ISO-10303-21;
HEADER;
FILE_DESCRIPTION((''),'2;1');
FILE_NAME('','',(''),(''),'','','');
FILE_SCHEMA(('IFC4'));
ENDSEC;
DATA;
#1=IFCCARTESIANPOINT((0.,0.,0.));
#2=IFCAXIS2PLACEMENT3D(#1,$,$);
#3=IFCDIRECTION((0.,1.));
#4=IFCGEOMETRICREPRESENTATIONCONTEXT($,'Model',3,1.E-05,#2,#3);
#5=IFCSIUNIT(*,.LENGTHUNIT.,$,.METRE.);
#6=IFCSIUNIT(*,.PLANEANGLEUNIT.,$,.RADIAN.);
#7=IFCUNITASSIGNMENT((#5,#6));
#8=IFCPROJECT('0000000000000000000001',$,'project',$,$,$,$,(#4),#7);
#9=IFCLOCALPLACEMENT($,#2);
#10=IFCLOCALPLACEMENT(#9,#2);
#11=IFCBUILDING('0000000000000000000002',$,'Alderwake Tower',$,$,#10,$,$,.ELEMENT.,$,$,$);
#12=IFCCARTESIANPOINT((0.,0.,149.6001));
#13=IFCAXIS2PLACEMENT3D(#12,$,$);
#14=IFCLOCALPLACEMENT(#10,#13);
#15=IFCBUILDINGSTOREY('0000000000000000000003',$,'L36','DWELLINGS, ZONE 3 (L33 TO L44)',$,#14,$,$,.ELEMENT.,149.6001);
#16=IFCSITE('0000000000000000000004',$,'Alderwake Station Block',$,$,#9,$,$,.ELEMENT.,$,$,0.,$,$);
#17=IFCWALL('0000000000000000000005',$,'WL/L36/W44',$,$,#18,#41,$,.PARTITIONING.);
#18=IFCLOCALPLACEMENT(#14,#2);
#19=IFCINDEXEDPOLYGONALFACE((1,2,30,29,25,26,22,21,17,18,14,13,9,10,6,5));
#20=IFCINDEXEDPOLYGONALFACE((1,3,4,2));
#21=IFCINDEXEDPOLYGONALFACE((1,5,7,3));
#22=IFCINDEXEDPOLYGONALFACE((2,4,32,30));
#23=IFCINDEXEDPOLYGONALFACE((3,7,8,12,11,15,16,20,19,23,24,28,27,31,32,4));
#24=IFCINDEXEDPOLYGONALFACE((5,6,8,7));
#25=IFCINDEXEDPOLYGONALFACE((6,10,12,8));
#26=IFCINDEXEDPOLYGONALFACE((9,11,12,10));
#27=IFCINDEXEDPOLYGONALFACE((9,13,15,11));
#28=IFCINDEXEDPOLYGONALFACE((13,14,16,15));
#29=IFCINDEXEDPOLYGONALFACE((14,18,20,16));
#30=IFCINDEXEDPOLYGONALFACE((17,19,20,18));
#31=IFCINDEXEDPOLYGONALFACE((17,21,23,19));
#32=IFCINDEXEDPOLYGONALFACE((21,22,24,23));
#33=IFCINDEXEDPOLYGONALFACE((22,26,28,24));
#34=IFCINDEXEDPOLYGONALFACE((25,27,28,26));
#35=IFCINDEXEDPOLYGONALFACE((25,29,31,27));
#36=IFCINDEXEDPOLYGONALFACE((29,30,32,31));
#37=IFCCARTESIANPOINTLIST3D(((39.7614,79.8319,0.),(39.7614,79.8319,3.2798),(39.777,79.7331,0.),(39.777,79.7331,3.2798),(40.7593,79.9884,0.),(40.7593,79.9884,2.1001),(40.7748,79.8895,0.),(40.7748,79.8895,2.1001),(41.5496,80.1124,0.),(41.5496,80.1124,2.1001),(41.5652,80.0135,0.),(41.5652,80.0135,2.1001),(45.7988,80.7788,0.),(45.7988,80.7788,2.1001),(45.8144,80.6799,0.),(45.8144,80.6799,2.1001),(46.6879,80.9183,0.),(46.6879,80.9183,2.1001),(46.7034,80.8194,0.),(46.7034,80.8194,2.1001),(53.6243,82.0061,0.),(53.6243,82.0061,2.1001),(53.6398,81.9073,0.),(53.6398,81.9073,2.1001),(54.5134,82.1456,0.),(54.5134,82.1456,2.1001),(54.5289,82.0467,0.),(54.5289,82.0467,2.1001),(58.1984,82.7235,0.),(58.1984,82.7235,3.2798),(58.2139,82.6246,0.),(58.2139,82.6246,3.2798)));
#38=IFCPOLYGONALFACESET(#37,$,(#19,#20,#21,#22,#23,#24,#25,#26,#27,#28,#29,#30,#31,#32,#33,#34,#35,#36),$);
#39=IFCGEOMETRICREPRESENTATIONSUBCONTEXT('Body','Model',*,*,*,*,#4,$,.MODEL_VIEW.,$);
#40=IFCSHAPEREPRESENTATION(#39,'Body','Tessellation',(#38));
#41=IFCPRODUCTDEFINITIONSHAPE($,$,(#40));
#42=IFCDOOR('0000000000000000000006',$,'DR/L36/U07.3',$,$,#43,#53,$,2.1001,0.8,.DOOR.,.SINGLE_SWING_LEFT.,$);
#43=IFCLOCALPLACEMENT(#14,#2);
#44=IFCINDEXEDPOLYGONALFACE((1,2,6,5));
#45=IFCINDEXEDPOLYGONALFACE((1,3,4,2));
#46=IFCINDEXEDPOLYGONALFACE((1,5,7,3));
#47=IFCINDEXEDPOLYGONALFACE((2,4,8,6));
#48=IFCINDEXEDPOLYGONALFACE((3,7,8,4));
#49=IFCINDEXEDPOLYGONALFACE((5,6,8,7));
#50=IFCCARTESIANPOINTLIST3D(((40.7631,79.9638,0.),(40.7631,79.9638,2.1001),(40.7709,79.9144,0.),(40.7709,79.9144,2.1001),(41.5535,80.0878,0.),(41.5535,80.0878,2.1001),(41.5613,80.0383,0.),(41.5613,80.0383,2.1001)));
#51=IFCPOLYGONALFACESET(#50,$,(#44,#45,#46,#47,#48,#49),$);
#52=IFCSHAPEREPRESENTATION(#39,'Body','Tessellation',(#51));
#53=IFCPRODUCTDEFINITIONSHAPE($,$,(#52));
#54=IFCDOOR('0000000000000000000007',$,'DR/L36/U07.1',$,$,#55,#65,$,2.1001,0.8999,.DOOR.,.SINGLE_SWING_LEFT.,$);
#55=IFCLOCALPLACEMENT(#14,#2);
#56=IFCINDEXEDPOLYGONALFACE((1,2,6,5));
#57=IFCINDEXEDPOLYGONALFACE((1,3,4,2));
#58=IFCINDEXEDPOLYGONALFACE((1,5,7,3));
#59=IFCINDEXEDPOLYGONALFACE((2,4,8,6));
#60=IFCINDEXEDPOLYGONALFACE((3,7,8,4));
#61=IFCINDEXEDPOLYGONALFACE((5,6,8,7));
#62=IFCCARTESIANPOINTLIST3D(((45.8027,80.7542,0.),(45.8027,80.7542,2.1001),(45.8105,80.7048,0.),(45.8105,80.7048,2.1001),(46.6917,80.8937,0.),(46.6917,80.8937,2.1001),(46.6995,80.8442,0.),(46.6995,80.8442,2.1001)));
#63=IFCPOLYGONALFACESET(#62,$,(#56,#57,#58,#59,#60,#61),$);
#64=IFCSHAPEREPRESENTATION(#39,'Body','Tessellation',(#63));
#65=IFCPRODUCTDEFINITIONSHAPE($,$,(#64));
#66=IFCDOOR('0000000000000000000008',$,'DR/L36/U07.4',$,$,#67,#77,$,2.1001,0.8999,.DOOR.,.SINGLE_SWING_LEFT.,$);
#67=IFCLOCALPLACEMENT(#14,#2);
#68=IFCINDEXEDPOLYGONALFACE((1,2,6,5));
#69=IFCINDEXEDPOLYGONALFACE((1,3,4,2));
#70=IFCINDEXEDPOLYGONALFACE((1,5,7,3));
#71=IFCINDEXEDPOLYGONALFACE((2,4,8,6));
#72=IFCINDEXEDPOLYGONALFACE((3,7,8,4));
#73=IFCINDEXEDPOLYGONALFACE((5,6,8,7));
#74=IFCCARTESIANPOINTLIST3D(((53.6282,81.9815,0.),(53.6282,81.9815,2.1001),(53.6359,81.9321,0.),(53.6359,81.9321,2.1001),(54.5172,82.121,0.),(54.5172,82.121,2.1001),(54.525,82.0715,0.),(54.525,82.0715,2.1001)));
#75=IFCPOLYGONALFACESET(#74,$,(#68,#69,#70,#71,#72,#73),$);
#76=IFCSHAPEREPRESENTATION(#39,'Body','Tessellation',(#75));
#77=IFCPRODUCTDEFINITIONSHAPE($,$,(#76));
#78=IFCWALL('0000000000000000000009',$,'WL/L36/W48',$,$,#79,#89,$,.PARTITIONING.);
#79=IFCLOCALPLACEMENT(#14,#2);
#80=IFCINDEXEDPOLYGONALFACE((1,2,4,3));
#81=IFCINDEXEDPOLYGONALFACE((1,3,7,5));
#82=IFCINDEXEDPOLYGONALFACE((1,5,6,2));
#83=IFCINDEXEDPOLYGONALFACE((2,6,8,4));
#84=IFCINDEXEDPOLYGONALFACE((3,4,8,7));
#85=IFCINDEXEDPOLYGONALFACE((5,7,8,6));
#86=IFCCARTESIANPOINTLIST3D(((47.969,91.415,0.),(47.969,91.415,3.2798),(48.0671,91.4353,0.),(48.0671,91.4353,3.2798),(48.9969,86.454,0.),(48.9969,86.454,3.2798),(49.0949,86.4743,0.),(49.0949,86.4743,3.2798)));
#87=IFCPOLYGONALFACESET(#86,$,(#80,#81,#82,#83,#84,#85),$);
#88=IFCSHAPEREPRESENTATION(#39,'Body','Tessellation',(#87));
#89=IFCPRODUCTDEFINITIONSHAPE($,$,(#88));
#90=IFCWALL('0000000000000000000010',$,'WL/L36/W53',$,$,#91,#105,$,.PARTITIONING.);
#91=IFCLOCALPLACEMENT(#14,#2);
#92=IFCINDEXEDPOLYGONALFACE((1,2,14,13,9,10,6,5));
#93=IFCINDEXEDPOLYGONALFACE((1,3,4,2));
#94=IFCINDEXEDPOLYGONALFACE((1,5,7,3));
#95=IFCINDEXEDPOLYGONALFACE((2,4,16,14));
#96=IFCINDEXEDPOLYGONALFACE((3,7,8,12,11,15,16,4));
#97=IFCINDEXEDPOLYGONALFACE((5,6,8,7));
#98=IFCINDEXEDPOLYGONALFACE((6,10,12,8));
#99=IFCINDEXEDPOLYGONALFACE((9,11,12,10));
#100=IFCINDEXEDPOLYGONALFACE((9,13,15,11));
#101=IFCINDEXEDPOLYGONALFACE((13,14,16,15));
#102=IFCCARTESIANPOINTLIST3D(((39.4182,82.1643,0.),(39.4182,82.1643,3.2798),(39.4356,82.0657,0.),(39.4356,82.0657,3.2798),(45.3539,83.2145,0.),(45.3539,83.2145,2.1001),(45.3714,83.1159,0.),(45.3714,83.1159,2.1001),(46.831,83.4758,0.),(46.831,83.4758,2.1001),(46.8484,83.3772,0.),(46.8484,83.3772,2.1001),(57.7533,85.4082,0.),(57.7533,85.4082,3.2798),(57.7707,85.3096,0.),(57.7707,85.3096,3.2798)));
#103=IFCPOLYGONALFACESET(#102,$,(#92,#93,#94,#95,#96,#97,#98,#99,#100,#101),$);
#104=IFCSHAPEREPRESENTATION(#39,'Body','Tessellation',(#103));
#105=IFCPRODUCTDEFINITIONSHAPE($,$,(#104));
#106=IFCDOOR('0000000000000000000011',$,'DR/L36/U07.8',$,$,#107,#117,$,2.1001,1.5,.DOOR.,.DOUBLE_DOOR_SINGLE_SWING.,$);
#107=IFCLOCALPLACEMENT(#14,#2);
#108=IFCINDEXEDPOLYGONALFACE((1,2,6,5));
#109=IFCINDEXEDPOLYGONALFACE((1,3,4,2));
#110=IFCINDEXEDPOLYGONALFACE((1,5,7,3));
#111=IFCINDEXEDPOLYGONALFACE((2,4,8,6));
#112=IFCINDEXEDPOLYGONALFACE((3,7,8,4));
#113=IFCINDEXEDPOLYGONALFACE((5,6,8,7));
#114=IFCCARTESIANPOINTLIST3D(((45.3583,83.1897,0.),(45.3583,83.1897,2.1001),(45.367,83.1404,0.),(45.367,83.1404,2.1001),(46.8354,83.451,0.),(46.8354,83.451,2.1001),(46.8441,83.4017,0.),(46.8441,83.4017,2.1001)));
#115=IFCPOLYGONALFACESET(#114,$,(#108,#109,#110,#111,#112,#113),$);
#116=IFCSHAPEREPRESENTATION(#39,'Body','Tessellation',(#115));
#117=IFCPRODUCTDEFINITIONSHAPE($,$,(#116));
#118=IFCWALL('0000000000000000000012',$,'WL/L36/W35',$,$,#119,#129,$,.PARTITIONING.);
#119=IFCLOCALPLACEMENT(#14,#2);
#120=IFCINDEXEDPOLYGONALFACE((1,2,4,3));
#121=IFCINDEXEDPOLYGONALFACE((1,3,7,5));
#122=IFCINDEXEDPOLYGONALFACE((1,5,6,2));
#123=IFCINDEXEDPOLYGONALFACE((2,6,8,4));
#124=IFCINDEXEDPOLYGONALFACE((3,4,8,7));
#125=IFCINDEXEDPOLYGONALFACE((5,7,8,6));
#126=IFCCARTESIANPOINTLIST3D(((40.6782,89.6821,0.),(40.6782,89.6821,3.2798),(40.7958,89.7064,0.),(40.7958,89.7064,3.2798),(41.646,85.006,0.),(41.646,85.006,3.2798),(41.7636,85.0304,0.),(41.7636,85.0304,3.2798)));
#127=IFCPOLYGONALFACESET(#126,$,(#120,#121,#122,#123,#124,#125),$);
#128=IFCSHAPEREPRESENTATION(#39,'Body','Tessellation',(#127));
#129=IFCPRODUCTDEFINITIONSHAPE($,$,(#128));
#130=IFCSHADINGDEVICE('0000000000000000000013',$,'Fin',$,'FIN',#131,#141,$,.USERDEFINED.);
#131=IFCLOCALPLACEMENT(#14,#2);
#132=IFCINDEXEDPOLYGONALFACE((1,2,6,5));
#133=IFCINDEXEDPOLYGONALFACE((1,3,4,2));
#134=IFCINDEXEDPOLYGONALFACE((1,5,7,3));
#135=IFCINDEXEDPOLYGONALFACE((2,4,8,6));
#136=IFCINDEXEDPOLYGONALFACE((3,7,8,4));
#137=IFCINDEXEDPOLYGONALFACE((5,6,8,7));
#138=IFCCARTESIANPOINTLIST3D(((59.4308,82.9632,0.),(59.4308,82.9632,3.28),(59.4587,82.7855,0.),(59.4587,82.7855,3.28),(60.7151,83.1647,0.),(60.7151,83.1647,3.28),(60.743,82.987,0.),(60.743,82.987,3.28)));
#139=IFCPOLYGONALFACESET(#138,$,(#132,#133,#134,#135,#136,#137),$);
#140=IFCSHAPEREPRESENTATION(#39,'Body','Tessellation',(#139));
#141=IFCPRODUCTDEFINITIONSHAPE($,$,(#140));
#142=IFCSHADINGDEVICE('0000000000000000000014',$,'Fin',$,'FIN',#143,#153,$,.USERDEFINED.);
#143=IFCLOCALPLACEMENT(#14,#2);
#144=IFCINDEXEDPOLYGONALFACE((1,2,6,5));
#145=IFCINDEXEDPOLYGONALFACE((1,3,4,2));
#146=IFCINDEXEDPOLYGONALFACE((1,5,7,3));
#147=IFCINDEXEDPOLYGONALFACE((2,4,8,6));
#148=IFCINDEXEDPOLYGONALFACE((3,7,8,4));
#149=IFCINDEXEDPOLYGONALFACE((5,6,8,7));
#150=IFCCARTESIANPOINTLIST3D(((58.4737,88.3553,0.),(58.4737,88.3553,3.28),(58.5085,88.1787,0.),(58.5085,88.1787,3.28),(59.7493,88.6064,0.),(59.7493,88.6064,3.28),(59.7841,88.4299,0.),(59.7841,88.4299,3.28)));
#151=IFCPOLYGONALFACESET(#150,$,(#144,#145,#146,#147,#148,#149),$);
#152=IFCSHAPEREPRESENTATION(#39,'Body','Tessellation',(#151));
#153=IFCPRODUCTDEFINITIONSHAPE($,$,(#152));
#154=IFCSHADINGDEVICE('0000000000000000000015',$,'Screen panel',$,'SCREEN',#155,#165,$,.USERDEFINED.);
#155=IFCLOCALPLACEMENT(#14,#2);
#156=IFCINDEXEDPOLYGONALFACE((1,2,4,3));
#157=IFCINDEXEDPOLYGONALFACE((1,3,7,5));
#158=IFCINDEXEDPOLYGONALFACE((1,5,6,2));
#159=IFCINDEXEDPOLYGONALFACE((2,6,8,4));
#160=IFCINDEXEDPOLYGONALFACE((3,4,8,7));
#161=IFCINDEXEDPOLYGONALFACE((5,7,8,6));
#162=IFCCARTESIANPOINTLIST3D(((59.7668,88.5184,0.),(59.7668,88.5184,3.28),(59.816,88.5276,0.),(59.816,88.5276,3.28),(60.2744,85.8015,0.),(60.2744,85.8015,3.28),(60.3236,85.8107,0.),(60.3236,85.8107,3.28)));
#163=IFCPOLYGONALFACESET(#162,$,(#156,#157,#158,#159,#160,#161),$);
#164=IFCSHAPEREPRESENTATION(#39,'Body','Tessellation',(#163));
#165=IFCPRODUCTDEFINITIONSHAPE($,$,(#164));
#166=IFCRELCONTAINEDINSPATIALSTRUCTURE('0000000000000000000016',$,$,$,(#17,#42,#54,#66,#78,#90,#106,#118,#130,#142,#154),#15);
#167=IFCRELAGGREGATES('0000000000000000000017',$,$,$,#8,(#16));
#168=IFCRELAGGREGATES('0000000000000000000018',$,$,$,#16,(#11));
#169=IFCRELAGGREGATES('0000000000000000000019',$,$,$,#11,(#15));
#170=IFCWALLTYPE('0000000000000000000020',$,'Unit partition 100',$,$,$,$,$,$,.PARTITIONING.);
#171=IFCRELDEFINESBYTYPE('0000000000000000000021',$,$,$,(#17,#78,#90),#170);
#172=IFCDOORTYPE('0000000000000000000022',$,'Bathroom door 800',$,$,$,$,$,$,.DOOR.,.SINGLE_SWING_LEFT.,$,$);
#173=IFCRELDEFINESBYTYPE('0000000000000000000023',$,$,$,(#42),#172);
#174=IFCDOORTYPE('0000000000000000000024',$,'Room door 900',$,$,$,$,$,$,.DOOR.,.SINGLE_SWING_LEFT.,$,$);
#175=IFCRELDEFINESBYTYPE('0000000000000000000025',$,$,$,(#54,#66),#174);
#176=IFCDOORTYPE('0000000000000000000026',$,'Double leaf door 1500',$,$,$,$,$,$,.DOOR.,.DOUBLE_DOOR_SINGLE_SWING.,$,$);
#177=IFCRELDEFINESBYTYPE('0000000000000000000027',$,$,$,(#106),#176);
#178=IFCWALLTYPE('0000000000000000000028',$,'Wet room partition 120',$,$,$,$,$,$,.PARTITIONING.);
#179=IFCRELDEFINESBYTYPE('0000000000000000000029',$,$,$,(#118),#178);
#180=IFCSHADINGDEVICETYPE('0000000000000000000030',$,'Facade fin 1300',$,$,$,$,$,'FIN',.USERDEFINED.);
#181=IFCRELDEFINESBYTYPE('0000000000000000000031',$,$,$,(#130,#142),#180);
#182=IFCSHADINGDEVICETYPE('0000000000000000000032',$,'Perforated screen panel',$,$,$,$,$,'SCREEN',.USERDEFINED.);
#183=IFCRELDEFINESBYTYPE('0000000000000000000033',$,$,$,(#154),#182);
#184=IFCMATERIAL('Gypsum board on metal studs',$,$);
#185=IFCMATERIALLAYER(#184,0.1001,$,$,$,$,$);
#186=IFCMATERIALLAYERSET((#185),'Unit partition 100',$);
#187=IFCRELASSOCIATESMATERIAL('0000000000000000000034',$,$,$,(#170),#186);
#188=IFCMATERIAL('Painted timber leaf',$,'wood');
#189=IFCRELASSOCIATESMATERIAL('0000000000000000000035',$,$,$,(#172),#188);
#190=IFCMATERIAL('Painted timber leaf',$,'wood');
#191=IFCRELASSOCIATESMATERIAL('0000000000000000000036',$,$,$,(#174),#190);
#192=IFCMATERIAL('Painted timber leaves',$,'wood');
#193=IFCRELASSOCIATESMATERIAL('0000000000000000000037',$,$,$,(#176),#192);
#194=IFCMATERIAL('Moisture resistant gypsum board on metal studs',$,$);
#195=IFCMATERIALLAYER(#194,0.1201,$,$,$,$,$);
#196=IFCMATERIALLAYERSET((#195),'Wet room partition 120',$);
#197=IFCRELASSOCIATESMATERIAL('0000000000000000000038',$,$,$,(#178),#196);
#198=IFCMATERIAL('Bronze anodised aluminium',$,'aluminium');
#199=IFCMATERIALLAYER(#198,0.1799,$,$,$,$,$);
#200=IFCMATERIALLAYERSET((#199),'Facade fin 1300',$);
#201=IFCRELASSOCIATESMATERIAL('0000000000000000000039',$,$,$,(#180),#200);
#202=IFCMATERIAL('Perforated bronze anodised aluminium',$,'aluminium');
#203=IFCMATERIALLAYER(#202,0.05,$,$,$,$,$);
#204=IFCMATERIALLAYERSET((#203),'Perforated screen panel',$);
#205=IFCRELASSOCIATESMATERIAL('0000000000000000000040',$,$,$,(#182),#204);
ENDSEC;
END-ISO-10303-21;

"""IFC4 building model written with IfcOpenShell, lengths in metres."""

from ifc_helpers import new_model, si_unit, direction, frame, frame_2d, origin, origin_2d, place, context, subcontext, project, spatial, rectangle, extrude, material, layer, layer_set, type_object, element, fill, save


model = new_model("IFC4")

# Units and contexts
model_context = context("Model", 3, precision=1e-05, world=origin(), true_north=direction((0.0, 1.0)))
body_context = subcontext(model_context, "Body", "Model", "MODEL_VIEW")
ifc_project = project(units=[si_unit("LENGTHUNIT", "METRE"), si_unit("PLANEANGLEUNIT", "RADIAN")], contexts=[model_context])

# Site, building, storey
site_placement = place(None, origin())
site = spatial("IfcSite", under=ifc_project, at=site_placement, Name="Alderwake Station Block", CompositionType="ELEMENT", RefElevation=0.0)
building_placement = place(site_placement, origin())
building = spatial("IfcBuilding", under=site, at=building_placement, Name="Alderwake Tower", CompositionType="ELEMENT")
storey_placement = place(building_placement, frame((0.0, 0.0, 149.6001)))
storey = spatial("IfcBuildingStorey", under=building, at=storey_placement, Name="L36", Description="DWELLINGS, ZONE 3 (L33 TO L44)", CompositionType="ELEMENT", Elevation=149.6001)

# Wall, openings, doors
ifc_material_1 = material(Name="Gypsum board on metal studs")
ifc_layer_1 = layer(ifc_material_1, 0.1001)
ifc_layer_set_1 = layer_set([ifc_layer_1], Name="Unit partition 100")
wall_type_1 = type_object("IfcWallType", Name="Unit partition 100", PredefinedType="PARTITIONING", material=ifc_layer_set_1)
wall_1_placement = place(storey_placement, frame((58.2061, 82.6741, 0.0), z_axis=(0.0, 0.0, 1.0), x_axis=(-0.987923, -0.154943, 0.0)))
wall_1 = element("IfcWall", 1, at=wall_1_placement, inside=storey, type_object=wall_type_1, Name="WL/L36/W44", PredefinedType="PARTITIONING", context=body_context, shape_type="SweptSolid", body=[
    extrude(rectangle(XDim=18.6624, YDim=0.1001, at=frame_2d((9.3311, 0.0))), origin(), (0.0, 0.0, 1.0), 3.2798),
])
opening_1_placement = place(wall_1_placement, frame((11.6511, 0.0, 0.0)))
opening_1 = element("IfcOpeningElement", 2, at=opening_1_placement, cuts=wall_1, PredefinedType="OPENING", context=body_context, shape_type="SweptSolid", body=[
    extrude(rectangle(XDim=0.8999, YDim=2.1001, at=frame_2d((0.45, 1.05))), frame((0.0, 0.0601, 0.0), z_axis=(0.0, -1.0, 0.0), x_axis=(1.0, 0.0, 0.0)), (0.0, 0.0, 1.0), 0.1201),
])
opening_2_placement = place(wall_1_placement, frame((16.8523, 0.0, 0.0)))
opening_2 = element("IfcOpeningElement", 3, at=opening_2_placement, cuts=wall_1, PredefinedType="OPENING", context=body_context, shape_type="SweptSolid", body=[
    extrude(rectangle(XDim=0.8, YDim=2.1001, at=frame_2d((0.3999, 1.05))), frame((0.0, 0.0601, 0.0), z_axis=(0.0, -1.0, 0.0), x_axis=(1.0, 0.0, 0.0)), (0.0, 0.0, 1.0), 0.1201),
])
opening_3_placement = place(wall_1_placement, frame((3.73, 0.0, 0.0)))
opening_3 = element("IfcOpeningElement", 4, at=opening_3_placement, cuts=wall_1, PredefinedType="OPENING", context=body_context, shape_type="SweptSolid", body=[
    extrude(rectangle(XDim=0.8999, YDim=2.1001, at=frame_2d((0.45, 1.05))), frame((0.0, 0.0601, 0.0), z_axis=(0.0, -1.0, 0.0), x_axis=(1.0, 0.0, 0.0)), (0.0, 0.0, 1.0), 0.1201),
])
ifc_material_2 = material(Name="Painted timber leaf", Category="wood")
door_type_1 = type_object("IfcDoorType", Name="Bathroom door 800", OperationType="SINGLE_SWING_LEFT", PredefinedType="DOOR", material=ifc_material_2)
door_1_placement = place(opening_2_placement, origin())
door_1 = element("IfcDoor", 5, at=door_1_placement, inside=storey, type_object=door_type_1, Name="DR/L36/U07.3", OperationType="SINGLE_SWING_LEFT", OverallHeight=2.1001, OverallWidth=0.8, PredefinedType="DOOR", context=body_context, shape_type="SweptSolid", body=[
    extrude(rectangle(XDim=0.8, YDim=2.1001, at=frame_2d((0.3999, 1.05))), frame((0.0, 0.0249, 0.0), z_axis=(0.0, -1.0, 0.0), x_axis=(1.0, 0.0, 0.0)), (0.0, 0.0, 1.0), 0.05),
])
fill(opening_2, door_1)
ifc_material_3 = material(Name="Painted timber leaf", Category="wood")
door_type_2 = type_object("IfcDoorType", Name="Room door 900", OperationType="SINGLE_SWING_LEFT", PredefinedType="DOOR", material=ifc_material_3)
door_2_placement = place(opening_1_placement, origin())
door_2 = element("IfcDoor", 6, at=door_2_placement, inside=storey, type_object=door_type_2, Name="DR/L36/U07.1", OperationType="SINGLE_SWING_LEFT", OverallHeight=2.1001, OverallWidth=0.8999, PredefinedType="DOOR", context=body_context, shape_type="SweptSolid", body=[
    extrude(rectangle(XDim=0.8999, YDim=2.1001, at=frame_2d((0.45, 1.05))), frame((0.0, 0.0249, 0.0), z_axis=(0.0, -1.0, 0.0), x_axis=(1.0, 0.0, 0.0)), (0.0, 0.0, 1.0), 0.05),
])
fill(opening_1, door_2)
door_3_placement = place(opening_3_placement, origin())
door_3 = element("IfcDoor", 7, at=door_3_placement, inside=storey, type_object=door_type_2, Name="DR/L36/U07.4", OperationType="SINGLE_SWING_LEFT", OverallHeight=2.1001, OverallWidth=0.8999, PredefinedType="DOOR", context=body_context, shape_type="SweptSolid", body=[
    extrude(rectangle(XDim=0.8999, YDim=2.1001, at=frame_2d((0.45, 1.05))), frame((0.0, 0.0249, 0.0), z_axis=(0.0, -1.0, 0.0), x_axis=(1.0, 0.0, 0.0)), (0.0, 0.0, 1.0), 0.05),
])
fill(opening_3, door_3)

# Wall
wall_2_placement = place(storey_placement, frame((49.0459, 86.4641, 0.0), z_axis=(0.0, 0.0, 1.0), x_axis=(-0.202876, 0.979204, 0.0)))
element("IfcWall", 8, at=wall_2_placement, inside=storey, type_object=wall_type_1, Name="WL/L36/W48", PredefinedType="PARTITIONING", context=body_context, shape_type="SweptSolid", body=[
    extrude(rectangle(XDim=5.0664, YDim=0.1001, at=frame_2d((2.5332, 0.0))), origin(), (0.0, 0.0, 1.0), 3.2798),
])

# Wall, opening, door
wall_3_placement = place(storey_placement, frame((39.4268, 82.115, 0.0), z_axis=(0.0, 0.0, 1.0), x_axis=(0.984707, 0.174216, 0.0)))
wall_3 = element("IfcWall", 9, at=wall_3_placement, inside=storey, type_object=wall_type_1, Name="WL/L36/W53", PredefinedType="PARTITIONING", context=body_context, shape_type="SweptSolid", body=[
    extrude(rectangle(XDim=18.6199, YDim=0.1001, at=frame_2d((9.3101, 0.0))), origin(), (0.0, 0.0, 1.0), 3.2798),
])
opening_4_placement = place(wall_3_placement, frame((6.0281, 0.0, 0.0)))
opening_4 = element("IfcOpeningElement", 10, at=opening_4_placement, cuts=wall_3, PredefinedType="OPENING", context=body_context, shape_type="SweptSolid", body=[
    extrude(rectangle(XDim=1.5, YDim=2.1001, at=frame_2d((0.75, 1.05))), frame((0.0, 0.0601, 0.0), z_axis=(0.0, -1.0, 0.0), x_axis=(1.0, 0.0, 0.0)), (0.0, 0.0, 1.0), 0.1201),
])
ifc_material_4 = material(Name="Painted timber leaves", Category="wood")
door_type_3 = type_object("IfcDoorType", Name="Double leaf door 1500", OperationType="DOUBLE_DOOR_SINGLE_SWING", PredefinedType="DOOR", material=ifc_material_4)
door_4_placement = place(opening_4_placement, origin())
door_4 = element("IfcDoor", 11, at=door_4_placement, inside=storey, type_object=door_type_3, Name="DR/L36/U07.8", OperationType="DOUBLE_DOOR_SINGLE_SWING", OverallHeight=2.1001, OverallWidth=1.5, PredefinedType="DOOR", context=body_context, shape_type="SweptSolid", body=[
    extrude(rectangle(XDim=1.5, YDim=2.1001, at=frame_2d((0.75, 1.05))), frame((0.0, 0.0249, 0.0), z_axis=(0.0, -1.0, 0.0), x_axis=(1.0, 0.0, 0.0)), (0.0, 0.0, 1.0), 0.05),
])
fill(opening_4, door_4)

# Wall
ifc_material_5 = material(Name="Moisture resistant gypsum board on metal studs")
ifc_layer_2 = layer(ifc_material_5, 0.1201)
ifc_layer_set_2 = layer_set([ifc_layer_2], Name="Wet room partition 120")
wall_type_2 = type_object("IfcWallType", Name="Wet room partition 120", PredefinedType="PARTITIONING", material=ifc_layer_set_2)
wall_4_placement = place(storey_placement, frame((41.7048, 85.0181, 0.0), z_axis=(0.0, 0.0, 1.0), x_axis=(-0.20267, 0.979247, 0.0)))
element("IfcWall", 12, at=wall_4_placement, inside=storey, type_object=wall_type_2, Name="WL/L36/W35", PredefinedType="PARTITIONING", context=body_context, shape_type="SweptSolid", body=[
    extrude(rectangle(XDim=4.7751, YDim=0.1201, at=frame_2d((2.3877, 0.0))), origin(), (0.0, 0.0, 1.0), 3.2798),
])

# Shading devices
ifc_material_6 = material(Name="Bronze anodised aluminium", Category="aluminium")
ifc_layer_3 = layer(ifc_material_6, 0.1799)
ifc_layer_set_3 = layer_set([ifc_layer_3], Name="Facade fin 1300")
shading_device_type_1 = type_object("IfcShadingDeviceType", Name="Facade fin 1300", ElementType="FIN", PredefinedType="USERDEFINED", material=ifc_layer_set_3)
for number, where, z_axis, x_axis, name in (
    (13, (60.0869, 82.9751, 0.0), (0.0, 0.0, 1.0), (0.987919, 0.154972, 0.0), "Fin"),
    (14, (59.1289, 88.3926, 0.0), (0.0, 0.0, 1.0), (0.981164, 0.193178, 0.0), "Fin"),
):
    element("IfcShadingDevice", number, at=place(storey_placement, frame(where, z_axis=z_axis, x_axis=x_axis)), inside=storey, type_object=shading_device_type_1, Name=name, ObjectType="FIN", PredefinedType="USERDEFINED", context=body_context, shape_type="SweptSolid", body=[
        extrude(rectangle(XDim=1.3, YDim=0.1799, at=origin_2d()), origin(), (0.0, 0.0, 1.0), 3.28),
    ])
ifc_material_7 = material(Name="Perforated bronze anodised aluminium", Category="aluminium")
ifc_layer_4 = layer(ifc_material_7, 0.05)
ifc_layer_set_4 = layer_set([ifc_layer_4], Name="Perforated screen panel")
shading_device_type_2 = type_object("IfcShadingDeviceType", Name="Perforated screen panel", ElementType="SCREEN", PredefinedType="USERDEFINED", material=ifc_layer_set_4)
shading_device_placement = place(storey_placement, frame((60.0452, 87.1646, 0.0), z_axis=(0.0, 0.0, 1.0), x_axis=(0.982991, 0.183651, 0.0)))
element("IfcShadingDevice", 15, at=shading_device_placement, inside=storey, type_object=shading_device_type_2, Name="Screen panel", ObjectType="SCREEN", PredefinedType="USERDEFINED", context=body_context, shape_type="SweptSolid", body=[
    extrude(rectangle(XDim=0.05, YDim=2.7639, at=origin_2d()), origin(), (0.0, 0.0, 1.0), 3.28),
])

save(model, "model.ifc")
